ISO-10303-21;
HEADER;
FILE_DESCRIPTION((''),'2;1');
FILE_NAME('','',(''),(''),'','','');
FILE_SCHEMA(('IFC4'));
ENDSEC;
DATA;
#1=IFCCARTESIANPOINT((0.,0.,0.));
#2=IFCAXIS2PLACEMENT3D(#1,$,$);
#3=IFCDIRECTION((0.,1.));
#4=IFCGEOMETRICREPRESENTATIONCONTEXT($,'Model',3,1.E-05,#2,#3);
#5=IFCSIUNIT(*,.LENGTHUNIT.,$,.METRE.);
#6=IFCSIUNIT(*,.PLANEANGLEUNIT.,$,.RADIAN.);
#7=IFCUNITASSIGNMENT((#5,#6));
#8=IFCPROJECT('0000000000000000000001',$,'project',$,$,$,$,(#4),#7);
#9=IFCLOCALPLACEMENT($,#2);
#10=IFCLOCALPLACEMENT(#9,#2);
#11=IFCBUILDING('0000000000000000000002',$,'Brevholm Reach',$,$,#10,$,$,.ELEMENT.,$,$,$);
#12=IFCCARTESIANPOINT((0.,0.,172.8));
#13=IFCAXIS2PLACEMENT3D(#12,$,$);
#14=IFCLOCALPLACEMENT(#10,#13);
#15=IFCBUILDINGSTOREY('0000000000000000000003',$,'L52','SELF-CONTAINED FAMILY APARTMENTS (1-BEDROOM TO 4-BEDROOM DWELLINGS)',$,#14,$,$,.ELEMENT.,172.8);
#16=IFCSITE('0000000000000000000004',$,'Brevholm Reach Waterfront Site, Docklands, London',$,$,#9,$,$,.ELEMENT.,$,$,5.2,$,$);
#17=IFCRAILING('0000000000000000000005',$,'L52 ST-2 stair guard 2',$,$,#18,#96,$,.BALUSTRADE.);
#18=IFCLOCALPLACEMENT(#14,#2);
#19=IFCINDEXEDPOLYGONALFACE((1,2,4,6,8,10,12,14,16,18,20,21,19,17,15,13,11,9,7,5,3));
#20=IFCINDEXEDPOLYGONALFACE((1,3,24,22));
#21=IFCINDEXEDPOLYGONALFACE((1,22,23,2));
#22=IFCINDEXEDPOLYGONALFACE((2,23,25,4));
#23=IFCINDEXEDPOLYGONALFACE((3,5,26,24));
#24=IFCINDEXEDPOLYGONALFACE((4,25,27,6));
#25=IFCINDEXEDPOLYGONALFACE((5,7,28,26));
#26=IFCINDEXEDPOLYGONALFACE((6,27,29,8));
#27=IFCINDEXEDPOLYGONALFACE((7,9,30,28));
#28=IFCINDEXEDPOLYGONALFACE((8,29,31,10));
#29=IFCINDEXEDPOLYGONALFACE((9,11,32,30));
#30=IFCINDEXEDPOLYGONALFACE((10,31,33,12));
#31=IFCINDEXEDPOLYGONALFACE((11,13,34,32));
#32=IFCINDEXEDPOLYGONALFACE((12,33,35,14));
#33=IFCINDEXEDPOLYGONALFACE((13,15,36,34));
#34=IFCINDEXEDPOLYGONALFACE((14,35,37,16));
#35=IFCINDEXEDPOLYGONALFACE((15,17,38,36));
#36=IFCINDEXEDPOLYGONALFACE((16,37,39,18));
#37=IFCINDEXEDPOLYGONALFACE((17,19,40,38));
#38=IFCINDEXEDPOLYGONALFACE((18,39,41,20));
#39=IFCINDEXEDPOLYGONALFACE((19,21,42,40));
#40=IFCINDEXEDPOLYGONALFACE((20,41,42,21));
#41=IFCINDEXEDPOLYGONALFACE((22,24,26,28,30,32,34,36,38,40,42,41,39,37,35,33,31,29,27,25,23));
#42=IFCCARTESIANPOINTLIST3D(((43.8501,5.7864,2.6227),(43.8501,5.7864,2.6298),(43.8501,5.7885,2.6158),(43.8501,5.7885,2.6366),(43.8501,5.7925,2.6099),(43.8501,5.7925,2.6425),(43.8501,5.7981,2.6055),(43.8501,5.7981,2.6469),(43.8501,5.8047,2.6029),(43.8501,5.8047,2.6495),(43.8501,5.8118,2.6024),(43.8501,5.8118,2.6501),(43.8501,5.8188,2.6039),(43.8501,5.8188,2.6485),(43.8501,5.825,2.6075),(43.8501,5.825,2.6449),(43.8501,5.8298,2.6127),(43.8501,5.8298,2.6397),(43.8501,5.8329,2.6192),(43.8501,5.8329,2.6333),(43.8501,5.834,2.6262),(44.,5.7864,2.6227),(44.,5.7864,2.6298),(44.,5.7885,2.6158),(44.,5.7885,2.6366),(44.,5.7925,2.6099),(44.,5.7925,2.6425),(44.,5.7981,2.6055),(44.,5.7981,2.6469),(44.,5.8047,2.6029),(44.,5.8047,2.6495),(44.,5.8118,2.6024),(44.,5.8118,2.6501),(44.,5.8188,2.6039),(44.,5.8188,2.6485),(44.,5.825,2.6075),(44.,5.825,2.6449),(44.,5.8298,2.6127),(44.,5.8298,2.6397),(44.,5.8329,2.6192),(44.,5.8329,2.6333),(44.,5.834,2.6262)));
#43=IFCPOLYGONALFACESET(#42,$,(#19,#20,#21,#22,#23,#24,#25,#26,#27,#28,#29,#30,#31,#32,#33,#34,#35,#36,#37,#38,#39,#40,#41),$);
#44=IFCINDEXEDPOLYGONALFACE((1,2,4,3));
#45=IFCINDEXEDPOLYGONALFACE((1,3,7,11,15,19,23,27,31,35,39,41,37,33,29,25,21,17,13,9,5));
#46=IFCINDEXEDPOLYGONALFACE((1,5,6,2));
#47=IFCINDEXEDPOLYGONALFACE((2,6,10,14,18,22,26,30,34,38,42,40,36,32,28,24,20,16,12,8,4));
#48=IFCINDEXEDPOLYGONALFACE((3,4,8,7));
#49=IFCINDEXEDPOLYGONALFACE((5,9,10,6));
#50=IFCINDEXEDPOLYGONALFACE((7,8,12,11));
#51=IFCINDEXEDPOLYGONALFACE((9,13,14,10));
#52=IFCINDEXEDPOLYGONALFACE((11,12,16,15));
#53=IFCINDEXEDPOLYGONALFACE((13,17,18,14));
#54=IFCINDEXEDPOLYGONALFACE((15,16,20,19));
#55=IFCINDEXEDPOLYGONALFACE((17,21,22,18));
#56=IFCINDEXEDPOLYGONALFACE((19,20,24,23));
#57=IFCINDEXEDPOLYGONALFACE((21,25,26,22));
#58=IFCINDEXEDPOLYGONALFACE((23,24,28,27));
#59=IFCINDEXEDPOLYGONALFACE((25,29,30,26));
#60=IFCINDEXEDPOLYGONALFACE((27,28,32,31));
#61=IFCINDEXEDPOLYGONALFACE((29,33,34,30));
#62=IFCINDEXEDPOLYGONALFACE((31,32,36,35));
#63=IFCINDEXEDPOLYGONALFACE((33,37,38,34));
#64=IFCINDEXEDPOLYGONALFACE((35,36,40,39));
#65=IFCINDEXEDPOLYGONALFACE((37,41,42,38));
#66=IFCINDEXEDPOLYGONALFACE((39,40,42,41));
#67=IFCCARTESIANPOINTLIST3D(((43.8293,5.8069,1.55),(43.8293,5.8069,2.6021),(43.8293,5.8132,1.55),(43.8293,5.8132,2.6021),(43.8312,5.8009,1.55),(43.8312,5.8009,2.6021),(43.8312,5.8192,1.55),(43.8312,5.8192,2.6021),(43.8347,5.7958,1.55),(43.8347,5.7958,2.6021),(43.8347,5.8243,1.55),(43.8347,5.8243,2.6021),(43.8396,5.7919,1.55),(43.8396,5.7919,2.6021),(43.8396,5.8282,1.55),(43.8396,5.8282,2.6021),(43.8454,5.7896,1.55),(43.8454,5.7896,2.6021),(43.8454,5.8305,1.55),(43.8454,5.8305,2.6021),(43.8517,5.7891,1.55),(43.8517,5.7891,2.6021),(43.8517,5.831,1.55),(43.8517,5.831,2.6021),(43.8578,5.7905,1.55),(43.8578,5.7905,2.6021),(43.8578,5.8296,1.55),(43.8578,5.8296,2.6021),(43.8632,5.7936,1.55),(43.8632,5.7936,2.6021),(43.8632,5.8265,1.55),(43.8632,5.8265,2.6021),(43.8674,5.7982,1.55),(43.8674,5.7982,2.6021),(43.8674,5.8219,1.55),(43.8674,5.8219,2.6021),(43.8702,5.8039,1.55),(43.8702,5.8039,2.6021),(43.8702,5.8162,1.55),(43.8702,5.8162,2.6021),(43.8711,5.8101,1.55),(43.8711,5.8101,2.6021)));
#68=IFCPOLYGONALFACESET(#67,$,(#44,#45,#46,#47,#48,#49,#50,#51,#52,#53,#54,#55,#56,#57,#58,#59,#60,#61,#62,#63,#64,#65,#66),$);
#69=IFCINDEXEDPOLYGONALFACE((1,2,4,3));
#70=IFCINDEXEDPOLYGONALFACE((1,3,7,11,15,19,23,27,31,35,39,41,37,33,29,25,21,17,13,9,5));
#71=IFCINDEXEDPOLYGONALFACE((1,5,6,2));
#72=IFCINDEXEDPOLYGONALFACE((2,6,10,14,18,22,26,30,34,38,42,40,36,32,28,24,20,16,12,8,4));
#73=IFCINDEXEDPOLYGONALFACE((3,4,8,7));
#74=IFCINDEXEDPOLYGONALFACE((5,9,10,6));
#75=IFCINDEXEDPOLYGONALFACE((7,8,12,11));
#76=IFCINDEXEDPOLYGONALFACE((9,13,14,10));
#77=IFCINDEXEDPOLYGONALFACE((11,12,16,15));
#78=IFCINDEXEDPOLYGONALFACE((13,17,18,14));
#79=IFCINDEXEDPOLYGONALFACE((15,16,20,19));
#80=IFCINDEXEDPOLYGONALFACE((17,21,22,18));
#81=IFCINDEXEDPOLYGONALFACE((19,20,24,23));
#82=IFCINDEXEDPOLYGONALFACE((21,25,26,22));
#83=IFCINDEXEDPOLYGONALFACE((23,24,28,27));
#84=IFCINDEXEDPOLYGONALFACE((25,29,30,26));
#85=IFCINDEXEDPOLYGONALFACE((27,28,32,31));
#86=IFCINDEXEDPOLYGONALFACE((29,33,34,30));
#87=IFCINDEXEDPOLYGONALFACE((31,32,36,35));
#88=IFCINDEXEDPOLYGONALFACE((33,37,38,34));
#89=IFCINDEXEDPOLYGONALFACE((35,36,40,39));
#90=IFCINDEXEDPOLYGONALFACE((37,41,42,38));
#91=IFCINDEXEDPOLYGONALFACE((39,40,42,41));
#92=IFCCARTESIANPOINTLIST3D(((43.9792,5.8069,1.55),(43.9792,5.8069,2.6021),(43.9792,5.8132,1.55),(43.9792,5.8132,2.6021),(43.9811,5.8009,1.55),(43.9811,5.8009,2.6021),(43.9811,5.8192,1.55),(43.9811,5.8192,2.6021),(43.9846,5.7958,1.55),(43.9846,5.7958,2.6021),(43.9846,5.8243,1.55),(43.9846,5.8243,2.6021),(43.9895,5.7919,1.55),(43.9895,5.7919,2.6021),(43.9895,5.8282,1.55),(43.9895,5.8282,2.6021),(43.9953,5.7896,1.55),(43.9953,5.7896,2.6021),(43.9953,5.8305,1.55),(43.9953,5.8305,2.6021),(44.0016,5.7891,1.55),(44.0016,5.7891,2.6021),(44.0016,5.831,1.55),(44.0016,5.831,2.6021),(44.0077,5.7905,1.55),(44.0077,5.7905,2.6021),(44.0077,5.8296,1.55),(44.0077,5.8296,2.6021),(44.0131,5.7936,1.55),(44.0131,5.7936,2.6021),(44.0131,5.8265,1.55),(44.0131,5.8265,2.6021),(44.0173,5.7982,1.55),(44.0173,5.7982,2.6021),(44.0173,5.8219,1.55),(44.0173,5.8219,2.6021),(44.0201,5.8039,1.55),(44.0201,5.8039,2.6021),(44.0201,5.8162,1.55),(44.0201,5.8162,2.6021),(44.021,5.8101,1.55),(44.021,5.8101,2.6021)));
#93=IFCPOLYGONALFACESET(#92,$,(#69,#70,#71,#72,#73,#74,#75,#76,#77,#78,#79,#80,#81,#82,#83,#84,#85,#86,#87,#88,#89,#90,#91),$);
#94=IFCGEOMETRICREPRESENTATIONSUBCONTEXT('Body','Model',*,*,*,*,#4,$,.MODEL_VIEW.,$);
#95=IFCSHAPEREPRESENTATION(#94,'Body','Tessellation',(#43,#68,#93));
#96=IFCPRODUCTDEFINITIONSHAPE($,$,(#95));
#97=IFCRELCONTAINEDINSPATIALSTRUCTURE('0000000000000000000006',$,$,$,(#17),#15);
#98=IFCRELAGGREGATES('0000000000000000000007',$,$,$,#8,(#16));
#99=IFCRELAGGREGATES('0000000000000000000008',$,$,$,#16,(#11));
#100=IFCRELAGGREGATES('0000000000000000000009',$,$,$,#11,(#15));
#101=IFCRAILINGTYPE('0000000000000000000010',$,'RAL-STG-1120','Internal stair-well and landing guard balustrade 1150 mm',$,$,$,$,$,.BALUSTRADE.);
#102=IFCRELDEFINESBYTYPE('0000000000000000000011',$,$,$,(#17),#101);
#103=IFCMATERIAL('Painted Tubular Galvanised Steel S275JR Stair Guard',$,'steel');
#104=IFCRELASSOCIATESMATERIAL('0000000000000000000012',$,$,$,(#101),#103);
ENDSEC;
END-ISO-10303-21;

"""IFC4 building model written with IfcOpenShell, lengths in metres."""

from ifc_helpers import new_model, si_unit, direction, frame, origin, origin_2d, place, context, subcontext, project, spatial, circle, extrude, material, type_object, element, save


model = new_model("IFC4")

# Units and contexts
model_context = context("Model", 3, precision=1e-05, world=origin(), true_north=direction((0.0, 1.0)))
body_context = subcontext(model_context, "Body", "Model", "MODEL_VIEW")
ifc_project = project(units=[si_unit("LENGTHUNIT", "METRE"), si_unit("PLANEANGLEUNIT", "RADIAN")], contexts=[model_context])

# Site, building, storey
site_placement = place(None, origin())
site = spatial("IfcSite", under=ifc_project, at=site_placement, Name="Brevholm Reach Waterfront Site, Docklands, London", CompositionType="ELEMENT", RefElevation=5.2)
building_placement = place(site_placement, origin())
building = spatial("IfcBuilding", under=site, at=building_placement, Name="Brevholm Reach", CompositionType="ELEMENT")
storey_placement = place(building_placement, frame((0.0, 0.0, 172.8)))
storey = spatial("IfcBuildingStorey", under=building, at=storey_placement, Name="L52", Description="SELF-CONTAINED FAMILY APARTMENTS (1-BEDROOM TO 4-BEDROOM DWELLINGS)", CompositionType="ELEMENT", Elevation=172.8)

# Railing
ifc_material_1 = material(Name="Painted Tubular Galvanised Steel S275JR Stair Guard", Category="steel")
railing_type_1 = type_object("IfcRailingType", Name="RAL-STG-1120", Description="Internal stair-well and landing guard balustrade 1150 mm", PredefinedType="BALUSTRADE", material=ifc_material_1)
railing_1_placement = place(storey_placement, frame((43.8501, 5.8101, 1.55)))
element("IfcRailing", 1, at=railing_1_placement, inside=storey, type_object=railing_type_1, Name="L52 ST-2 stair guard 2", PredefinedType="BALUSTRADE", context=body_context, shape_type="SweptSolid", body=[
    extrude(circle(Radius=0.0239, at=origin_2d()), frame((0.0, 0.0, 1.0762), z_axis=(1.0, 0.0, 0.0), x_axis=(0.0, 1.0, 0.0)), (0.0, 0.0, 1.0), 0.1499),
    extrude(circle(Radius=0.021, at=origin_2d()), origin(), (0.0, 0.0, 1.0), 1.052),
    extrude(circle(Radius=0.021, at=origin_2d()), frame((0.1499, 0.0, 0.0)), (0.0, 0.0, 1.0), 1.052),
])

save(model, "model.ifc")
